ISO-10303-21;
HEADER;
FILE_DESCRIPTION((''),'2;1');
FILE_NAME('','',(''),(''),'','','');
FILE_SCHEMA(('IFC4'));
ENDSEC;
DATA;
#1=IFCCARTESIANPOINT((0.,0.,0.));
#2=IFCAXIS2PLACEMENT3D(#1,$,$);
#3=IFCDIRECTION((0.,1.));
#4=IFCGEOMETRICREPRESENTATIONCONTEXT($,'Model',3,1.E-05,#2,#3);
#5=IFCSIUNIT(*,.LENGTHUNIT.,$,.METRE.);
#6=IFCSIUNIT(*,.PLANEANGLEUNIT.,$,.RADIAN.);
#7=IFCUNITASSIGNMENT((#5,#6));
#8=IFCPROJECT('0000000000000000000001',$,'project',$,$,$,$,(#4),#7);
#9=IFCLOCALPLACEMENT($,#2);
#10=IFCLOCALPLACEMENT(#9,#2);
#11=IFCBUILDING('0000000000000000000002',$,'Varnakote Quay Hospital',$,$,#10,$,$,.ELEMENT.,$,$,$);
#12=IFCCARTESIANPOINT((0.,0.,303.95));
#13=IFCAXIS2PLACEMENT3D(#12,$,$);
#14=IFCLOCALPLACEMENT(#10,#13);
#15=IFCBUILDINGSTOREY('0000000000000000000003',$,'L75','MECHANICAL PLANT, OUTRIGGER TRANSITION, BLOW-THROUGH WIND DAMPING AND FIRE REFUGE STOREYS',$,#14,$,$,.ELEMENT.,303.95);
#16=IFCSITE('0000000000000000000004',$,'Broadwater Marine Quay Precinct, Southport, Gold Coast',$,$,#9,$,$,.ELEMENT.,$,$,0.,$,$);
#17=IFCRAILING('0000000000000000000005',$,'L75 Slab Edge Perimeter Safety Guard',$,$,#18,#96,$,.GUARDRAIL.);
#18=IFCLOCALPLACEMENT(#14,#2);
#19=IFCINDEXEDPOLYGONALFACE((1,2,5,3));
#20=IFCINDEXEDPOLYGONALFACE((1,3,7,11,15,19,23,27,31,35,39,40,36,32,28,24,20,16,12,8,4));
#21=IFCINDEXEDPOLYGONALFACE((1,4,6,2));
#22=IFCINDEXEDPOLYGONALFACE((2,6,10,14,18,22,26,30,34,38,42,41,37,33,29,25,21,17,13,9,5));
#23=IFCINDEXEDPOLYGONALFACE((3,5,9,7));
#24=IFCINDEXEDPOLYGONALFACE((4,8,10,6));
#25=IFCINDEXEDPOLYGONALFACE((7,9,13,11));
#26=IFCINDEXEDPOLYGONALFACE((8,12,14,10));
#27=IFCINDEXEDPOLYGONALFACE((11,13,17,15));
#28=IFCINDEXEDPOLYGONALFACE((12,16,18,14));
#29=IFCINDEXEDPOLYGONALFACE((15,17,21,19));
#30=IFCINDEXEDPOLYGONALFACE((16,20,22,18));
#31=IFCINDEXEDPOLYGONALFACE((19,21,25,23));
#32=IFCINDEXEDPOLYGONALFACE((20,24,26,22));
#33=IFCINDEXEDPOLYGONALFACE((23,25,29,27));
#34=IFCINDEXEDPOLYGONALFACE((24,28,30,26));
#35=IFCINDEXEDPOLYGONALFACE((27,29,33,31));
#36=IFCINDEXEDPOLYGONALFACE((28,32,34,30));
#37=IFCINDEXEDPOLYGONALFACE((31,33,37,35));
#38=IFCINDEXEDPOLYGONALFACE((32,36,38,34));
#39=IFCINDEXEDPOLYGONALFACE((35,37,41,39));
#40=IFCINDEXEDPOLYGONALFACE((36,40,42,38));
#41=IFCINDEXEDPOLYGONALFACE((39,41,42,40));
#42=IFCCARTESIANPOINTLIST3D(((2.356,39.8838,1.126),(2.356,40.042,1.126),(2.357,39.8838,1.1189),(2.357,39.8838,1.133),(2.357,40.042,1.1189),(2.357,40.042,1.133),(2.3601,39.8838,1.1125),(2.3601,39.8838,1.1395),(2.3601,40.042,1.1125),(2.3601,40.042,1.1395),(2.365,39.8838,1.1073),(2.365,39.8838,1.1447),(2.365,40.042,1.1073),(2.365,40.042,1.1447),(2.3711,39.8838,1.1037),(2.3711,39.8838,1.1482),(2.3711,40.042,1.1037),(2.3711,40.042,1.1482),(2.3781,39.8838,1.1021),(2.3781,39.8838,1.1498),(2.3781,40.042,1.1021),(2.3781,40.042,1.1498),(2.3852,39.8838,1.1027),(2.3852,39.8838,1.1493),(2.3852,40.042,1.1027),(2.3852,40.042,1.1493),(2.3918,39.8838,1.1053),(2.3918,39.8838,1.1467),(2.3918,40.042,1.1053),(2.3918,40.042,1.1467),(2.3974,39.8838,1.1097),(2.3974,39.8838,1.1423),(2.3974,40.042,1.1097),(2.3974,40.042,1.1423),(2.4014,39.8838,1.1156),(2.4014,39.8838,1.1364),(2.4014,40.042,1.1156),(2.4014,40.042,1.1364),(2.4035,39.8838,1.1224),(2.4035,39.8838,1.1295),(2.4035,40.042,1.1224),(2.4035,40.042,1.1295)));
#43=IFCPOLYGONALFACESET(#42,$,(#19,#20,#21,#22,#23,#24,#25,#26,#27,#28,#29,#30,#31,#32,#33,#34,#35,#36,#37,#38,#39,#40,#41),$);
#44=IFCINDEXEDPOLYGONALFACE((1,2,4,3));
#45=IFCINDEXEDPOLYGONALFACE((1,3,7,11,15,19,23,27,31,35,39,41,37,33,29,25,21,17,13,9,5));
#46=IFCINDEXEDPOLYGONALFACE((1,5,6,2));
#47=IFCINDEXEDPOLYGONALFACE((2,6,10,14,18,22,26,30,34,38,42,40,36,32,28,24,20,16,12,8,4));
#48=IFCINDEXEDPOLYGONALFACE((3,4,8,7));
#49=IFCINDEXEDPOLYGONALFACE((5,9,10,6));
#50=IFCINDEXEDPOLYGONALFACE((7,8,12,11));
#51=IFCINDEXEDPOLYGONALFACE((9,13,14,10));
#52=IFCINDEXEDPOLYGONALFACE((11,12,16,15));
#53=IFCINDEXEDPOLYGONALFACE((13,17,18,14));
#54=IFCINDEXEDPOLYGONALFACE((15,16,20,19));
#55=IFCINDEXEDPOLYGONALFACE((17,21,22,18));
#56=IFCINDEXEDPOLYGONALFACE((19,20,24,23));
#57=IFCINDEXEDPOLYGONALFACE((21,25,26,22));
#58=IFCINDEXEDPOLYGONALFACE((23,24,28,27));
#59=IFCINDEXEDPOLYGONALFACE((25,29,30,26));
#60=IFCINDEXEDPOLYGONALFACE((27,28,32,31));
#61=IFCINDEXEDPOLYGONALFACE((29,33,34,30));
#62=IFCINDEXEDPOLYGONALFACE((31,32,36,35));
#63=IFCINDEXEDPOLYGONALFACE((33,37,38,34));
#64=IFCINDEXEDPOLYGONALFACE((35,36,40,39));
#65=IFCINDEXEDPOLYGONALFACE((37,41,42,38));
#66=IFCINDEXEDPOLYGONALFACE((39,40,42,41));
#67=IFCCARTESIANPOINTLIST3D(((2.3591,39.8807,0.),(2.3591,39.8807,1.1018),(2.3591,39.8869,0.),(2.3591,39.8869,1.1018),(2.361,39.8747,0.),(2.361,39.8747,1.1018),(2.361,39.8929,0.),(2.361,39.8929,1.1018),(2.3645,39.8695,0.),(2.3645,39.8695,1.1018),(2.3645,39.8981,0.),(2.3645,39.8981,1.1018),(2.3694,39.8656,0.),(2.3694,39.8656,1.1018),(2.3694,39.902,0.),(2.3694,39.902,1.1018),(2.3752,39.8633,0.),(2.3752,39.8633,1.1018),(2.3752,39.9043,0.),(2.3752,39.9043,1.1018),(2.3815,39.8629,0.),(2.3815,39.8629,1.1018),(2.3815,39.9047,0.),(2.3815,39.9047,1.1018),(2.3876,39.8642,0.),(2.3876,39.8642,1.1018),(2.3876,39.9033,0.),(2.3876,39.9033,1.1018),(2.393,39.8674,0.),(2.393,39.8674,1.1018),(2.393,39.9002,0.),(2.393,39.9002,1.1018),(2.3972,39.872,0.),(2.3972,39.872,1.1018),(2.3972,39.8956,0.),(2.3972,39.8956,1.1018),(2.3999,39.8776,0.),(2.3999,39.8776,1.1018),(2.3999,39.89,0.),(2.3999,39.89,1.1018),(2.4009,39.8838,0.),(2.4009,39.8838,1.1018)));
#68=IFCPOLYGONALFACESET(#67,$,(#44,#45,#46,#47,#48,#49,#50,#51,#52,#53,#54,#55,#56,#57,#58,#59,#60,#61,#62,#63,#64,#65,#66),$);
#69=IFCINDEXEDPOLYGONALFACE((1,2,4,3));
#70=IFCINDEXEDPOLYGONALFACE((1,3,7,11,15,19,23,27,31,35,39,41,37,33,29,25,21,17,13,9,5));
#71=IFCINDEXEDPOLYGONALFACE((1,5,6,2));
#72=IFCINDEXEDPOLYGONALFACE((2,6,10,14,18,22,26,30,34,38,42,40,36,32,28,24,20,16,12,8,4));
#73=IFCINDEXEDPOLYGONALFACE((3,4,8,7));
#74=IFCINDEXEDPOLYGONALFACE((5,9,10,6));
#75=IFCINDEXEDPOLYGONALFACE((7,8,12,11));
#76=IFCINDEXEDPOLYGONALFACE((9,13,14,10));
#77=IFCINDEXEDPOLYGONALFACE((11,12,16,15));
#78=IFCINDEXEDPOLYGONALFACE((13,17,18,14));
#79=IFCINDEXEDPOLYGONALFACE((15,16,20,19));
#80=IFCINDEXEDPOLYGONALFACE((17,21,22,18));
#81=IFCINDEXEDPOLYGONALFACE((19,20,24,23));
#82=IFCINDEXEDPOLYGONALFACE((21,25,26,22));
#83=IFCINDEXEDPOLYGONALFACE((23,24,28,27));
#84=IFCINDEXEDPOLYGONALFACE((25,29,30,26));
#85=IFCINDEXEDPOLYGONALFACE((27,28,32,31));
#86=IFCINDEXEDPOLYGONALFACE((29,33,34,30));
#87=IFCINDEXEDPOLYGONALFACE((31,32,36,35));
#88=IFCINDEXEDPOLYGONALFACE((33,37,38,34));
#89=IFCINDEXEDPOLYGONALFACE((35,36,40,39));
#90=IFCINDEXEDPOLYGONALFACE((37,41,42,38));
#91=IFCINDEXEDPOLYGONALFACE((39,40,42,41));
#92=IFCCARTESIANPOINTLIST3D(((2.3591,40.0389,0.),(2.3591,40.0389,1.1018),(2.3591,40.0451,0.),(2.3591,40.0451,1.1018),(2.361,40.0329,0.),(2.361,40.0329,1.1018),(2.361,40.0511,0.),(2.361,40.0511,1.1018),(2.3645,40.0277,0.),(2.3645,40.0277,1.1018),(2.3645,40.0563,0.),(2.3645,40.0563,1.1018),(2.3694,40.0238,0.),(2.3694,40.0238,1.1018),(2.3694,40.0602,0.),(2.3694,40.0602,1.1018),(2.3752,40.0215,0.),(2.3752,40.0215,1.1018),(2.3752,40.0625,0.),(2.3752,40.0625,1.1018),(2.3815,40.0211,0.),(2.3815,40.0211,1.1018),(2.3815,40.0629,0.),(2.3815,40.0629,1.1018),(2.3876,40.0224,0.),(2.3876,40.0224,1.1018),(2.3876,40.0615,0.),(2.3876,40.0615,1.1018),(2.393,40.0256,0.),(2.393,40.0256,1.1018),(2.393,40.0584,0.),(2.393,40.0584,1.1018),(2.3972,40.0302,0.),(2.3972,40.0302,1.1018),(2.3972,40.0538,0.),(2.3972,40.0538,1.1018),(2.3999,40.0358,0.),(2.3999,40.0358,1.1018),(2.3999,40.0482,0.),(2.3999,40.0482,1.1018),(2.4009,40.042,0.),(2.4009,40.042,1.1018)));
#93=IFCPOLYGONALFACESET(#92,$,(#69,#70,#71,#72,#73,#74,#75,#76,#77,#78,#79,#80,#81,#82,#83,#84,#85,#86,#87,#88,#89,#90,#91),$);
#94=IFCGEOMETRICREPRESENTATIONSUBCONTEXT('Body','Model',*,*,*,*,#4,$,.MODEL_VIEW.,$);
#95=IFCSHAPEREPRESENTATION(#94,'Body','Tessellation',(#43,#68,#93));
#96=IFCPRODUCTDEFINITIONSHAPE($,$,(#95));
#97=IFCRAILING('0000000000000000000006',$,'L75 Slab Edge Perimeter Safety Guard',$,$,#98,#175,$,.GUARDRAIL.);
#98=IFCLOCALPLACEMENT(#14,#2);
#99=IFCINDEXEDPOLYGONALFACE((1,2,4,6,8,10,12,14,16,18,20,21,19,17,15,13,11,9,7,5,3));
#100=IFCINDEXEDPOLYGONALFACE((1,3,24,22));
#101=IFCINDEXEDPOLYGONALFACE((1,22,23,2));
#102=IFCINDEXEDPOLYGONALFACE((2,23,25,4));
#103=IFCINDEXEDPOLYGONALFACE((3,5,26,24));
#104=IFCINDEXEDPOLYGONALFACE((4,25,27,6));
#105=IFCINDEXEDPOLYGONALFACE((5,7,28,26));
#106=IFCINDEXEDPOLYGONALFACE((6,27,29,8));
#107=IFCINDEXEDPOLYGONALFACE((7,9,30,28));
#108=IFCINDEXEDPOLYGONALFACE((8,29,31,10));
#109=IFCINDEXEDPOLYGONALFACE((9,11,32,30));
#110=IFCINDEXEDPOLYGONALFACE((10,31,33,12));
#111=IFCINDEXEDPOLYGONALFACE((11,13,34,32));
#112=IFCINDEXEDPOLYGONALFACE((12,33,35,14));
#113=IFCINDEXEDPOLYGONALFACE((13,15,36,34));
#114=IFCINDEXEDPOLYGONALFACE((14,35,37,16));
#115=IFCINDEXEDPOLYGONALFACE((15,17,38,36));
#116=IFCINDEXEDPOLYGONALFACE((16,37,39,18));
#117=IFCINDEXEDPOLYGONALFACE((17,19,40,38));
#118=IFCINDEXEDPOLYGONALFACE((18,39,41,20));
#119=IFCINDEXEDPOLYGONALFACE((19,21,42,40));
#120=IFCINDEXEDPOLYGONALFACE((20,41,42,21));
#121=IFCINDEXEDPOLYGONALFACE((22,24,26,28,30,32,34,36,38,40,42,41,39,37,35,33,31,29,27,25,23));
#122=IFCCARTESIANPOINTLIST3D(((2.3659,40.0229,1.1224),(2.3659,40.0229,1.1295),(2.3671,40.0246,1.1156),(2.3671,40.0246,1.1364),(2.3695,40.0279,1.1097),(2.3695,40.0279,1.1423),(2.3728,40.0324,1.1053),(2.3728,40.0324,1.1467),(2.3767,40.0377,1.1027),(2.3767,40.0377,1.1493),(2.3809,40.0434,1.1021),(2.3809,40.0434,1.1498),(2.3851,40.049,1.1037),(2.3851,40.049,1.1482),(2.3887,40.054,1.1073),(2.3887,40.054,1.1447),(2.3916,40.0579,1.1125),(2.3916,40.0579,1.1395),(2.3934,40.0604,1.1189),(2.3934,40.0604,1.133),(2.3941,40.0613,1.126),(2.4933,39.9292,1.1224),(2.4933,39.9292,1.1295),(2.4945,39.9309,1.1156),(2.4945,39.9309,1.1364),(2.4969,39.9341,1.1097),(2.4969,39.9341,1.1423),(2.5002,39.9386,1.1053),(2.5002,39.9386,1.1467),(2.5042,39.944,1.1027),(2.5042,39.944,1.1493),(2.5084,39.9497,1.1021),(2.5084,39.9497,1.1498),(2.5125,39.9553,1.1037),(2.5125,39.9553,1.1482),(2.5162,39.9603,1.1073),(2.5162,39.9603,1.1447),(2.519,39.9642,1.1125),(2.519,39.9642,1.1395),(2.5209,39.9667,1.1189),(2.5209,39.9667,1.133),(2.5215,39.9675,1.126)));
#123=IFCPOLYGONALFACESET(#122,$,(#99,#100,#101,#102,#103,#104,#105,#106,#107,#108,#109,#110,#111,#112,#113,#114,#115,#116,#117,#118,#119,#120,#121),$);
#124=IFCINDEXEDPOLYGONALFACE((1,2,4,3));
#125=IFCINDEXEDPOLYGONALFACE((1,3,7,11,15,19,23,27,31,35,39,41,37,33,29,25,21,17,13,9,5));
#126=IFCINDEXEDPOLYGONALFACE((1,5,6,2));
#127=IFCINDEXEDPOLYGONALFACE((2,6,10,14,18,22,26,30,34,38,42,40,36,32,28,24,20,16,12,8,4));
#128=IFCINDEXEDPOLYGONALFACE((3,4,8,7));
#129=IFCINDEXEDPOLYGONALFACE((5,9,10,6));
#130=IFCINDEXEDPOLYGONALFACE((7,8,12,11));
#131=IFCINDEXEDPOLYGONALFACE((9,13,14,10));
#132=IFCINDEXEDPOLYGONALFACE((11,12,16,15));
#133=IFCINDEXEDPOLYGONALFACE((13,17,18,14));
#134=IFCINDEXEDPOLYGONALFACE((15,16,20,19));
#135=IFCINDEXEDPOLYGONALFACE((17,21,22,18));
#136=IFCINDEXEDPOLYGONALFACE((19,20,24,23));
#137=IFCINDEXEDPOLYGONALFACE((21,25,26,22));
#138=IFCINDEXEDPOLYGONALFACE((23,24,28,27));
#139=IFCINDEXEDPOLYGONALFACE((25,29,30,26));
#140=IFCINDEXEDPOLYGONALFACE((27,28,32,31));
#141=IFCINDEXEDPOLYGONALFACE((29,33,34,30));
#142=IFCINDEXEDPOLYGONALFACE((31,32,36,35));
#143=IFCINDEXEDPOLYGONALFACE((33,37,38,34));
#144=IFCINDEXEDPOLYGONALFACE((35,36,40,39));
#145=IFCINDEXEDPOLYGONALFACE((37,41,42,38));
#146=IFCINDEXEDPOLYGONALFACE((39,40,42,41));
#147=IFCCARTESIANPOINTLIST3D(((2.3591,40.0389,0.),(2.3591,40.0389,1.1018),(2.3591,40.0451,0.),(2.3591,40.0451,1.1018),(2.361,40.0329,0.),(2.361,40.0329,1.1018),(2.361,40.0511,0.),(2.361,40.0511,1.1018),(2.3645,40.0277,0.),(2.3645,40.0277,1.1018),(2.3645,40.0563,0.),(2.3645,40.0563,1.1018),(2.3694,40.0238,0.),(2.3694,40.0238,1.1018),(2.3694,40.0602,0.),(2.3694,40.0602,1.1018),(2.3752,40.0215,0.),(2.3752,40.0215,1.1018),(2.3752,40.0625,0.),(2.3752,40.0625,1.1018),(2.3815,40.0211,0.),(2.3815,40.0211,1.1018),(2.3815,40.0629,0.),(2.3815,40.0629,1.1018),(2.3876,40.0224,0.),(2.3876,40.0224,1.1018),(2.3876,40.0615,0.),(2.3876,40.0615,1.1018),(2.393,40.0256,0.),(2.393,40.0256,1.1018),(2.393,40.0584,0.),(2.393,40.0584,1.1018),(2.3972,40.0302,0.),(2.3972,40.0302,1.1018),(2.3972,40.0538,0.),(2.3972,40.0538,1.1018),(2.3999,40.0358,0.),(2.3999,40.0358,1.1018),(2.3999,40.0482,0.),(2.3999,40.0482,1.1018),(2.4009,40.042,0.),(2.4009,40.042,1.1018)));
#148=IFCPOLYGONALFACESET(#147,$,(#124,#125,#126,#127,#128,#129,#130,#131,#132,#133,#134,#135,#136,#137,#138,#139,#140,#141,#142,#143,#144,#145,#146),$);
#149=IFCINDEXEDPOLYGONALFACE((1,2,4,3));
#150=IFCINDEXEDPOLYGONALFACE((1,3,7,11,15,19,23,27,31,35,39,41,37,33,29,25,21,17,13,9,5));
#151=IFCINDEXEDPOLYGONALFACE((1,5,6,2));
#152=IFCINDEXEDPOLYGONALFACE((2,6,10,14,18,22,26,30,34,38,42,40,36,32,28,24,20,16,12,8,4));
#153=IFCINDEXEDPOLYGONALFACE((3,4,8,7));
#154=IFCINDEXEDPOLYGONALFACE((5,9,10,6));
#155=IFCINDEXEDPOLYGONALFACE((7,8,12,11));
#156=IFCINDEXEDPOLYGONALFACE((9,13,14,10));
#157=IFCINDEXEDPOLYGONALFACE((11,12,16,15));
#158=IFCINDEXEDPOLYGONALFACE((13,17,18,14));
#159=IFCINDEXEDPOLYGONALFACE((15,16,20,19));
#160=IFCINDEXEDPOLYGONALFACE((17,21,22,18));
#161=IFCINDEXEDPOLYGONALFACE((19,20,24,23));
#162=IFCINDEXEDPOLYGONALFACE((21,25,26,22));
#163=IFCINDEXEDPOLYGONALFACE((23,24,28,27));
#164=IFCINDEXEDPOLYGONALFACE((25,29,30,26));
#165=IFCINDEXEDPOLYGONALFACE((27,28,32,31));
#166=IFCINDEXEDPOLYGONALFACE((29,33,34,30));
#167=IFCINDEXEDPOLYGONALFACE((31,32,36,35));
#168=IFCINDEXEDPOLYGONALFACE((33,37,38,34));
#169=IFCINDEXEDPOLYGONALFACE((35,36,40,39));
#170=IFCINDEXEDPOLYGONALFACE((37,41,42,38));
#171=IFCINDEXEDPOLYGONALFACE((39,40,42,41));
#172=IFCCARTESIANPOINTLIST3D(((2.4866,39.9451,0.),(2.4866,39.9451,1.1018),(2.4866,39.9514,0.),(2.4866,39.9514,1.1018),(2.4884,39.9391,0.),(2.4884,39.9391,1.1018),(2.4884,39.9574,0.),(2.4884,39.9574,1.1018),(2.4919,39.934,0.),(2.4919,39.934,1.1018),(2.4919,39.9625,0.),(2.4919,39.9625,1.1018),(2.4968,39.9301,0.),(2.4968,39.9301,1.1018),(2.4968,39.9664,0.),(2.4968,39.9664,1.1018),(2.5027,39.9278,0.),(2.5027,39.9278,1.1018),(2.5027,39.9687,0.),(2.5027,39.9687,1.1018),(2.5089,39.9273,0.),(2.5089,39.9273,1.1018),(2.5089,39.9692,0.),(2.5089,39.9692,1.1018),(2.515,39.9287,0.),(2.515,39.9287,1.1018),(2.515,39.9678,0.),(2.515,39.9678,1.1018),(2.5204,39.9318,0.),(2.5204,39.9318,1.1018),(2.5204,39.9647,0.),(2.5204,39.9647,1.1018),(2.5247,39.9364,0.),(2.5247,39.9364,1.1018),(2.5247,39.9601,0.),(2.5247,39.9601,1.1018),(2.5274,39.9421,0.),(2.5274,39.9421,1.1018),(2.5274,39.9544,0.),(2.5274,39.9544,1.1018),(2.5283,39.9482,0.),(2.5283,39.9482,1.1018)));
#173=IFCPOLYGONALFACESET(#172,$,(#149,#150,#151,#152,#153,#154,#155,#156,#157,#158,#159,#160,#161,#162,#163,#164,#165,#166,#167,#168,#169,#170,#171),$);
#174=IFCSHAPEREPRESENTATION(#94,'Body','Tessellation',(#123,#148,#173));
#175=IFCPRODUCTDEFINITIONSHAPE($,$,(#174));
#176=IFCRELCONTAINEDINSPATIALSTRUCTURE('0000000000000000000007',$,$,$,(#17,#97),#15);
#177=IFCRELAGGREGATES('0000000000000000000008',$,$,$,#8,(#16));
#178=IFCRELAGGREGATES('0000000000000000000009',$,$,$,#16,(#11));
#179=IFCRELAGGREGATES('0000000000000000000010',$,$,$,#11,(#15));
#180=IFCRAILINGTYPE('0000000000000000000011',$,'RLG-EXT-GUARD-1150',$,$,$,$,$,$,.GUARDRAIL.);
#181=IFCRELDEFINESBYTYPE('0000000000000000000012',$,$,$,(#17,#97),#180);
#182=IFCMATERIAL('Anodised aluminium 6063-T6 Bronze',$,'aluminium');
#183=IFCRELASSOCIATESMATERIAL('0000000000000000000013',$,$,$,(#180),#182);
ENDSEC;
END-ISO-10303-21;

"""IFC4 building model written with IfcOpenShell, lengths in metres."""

from ifc_helpers import new_model, si_unit, direction, frame, origin, origin_2d, place, context, subcontext, project, spatial, circle, extrude, material, type_object, element, save


model = new_model("IFC4")

# Units and contexts
model_context = context("Model", 3, precision=1e-05, world=origin(), true_north=direction((0.0, 1.0)))
body_context = subcontext(model_context, "Body", "Model", "MODEL_VIEW")
ifc_project = project(units=[si_unit("LENGTHUNIT", "METRE"), si_unit("PLANEANGLEUNIT", "RADIAN")], contexts=[model_context])

# Site, building, storey
site_placement = place(None, origin())
site = spatial("IfcSite", under=ifc_project, at=site_placement, Name="Broadwater Marine Quay Precinct, Southport, Gold Coast", CompositionType="ELEMENT", RefElevation=0.0)
building_placement = place(site_placement, origin())
building = spatial("IfcBuilding", under=site, at=building_placement, Name="Varnakote Quay Hospital", CompositionType="ELEMENT")
storey_placement = place(building_placement, frame((0.0, 0.0, 303.95)))
storey = spatial("IfcBuildingStorey", under=building, at=storey_placement, Name="L75", Description="MECHANICAL PLANT, OUTRIGGER TRANSITION, BLOW-THROUGH WIND DAMPING AND FIRE REFUGE STOREYS", CompositionType="ELEMENT", Elevation=303.95)

# Railings
ifc_material_1 = material(Name="Anodised aluminium 6063-T6 Bronze", Category="aluminium")
railing_type = type_object("IfcRailingType", Name="RLG-EXT-GUARD-1150", PredefinedType="GUARDRAIL", material=ifc_material_1)
railing_1_placement = place(storey_placement, frame((2.3799, 39.8838, 0.0)))
element("IfcRailing", 1, at=railing_1_placement, inside=storey, type_object=railing_type, Name="L75 Slab Edge Perimeter Safety Guard", PredefinedType="GUARDRAIL", context=body_context, shape_type="SweptSolid", body=[
    extrude(circle(Radius=0.0239, at=origin_2d()), frame((0.0, 0.0, 1.126), z_axis=(0.0, 1.0, 0.0), x_axis=(-1.0, 0.0, 0.0)), (0.0, 0.0, 1.0), 0.1582),
    extrude(circle(Radius=0.021, at=origin_2d()), origin(), (0.0, 0.0, 1.0), 1.1018),
    extrude(circle(Radius=0.021, at=origin_2d()), frame((0.0, 0.1582, 0.0)), (0.0, 0.0, 1.0), 1.1018),
])
railing_2_placement = place(storey_placement, frame((2.3799, 40.042, 0.0)))
element("IfcRailing", 2, at=railing_2_placement, inside=storey, type_object=railing_type, Name="L75 Slab Edge Perimeter Safety Guard", PredefinedType="GUARDRAIL", context=body_context, shape_type="SweptSolid", body=[
    extrude(circle(Radius=0.0239, at=origin_2d()), frame((0.0, 0.0, 1.126), z_axis=(0.805521, -0.592567, 0.0), x_axis=(0.592567, 0.805521, 0.0)), (0.0, 0.0, 1.0), 0.1582),
    extrude(circle(Radius=0.021, at=origin_2d()), origin(), (0.0, 0.0, 1.0), 1.1018),
    extrude(circle(Radius=0.021, at=origin_2d()), frame((0.1274, -0.0938, 0.0)), (0.0, 0.0, 1.0), 1.1018),
])

save(model, "model.ifc")
